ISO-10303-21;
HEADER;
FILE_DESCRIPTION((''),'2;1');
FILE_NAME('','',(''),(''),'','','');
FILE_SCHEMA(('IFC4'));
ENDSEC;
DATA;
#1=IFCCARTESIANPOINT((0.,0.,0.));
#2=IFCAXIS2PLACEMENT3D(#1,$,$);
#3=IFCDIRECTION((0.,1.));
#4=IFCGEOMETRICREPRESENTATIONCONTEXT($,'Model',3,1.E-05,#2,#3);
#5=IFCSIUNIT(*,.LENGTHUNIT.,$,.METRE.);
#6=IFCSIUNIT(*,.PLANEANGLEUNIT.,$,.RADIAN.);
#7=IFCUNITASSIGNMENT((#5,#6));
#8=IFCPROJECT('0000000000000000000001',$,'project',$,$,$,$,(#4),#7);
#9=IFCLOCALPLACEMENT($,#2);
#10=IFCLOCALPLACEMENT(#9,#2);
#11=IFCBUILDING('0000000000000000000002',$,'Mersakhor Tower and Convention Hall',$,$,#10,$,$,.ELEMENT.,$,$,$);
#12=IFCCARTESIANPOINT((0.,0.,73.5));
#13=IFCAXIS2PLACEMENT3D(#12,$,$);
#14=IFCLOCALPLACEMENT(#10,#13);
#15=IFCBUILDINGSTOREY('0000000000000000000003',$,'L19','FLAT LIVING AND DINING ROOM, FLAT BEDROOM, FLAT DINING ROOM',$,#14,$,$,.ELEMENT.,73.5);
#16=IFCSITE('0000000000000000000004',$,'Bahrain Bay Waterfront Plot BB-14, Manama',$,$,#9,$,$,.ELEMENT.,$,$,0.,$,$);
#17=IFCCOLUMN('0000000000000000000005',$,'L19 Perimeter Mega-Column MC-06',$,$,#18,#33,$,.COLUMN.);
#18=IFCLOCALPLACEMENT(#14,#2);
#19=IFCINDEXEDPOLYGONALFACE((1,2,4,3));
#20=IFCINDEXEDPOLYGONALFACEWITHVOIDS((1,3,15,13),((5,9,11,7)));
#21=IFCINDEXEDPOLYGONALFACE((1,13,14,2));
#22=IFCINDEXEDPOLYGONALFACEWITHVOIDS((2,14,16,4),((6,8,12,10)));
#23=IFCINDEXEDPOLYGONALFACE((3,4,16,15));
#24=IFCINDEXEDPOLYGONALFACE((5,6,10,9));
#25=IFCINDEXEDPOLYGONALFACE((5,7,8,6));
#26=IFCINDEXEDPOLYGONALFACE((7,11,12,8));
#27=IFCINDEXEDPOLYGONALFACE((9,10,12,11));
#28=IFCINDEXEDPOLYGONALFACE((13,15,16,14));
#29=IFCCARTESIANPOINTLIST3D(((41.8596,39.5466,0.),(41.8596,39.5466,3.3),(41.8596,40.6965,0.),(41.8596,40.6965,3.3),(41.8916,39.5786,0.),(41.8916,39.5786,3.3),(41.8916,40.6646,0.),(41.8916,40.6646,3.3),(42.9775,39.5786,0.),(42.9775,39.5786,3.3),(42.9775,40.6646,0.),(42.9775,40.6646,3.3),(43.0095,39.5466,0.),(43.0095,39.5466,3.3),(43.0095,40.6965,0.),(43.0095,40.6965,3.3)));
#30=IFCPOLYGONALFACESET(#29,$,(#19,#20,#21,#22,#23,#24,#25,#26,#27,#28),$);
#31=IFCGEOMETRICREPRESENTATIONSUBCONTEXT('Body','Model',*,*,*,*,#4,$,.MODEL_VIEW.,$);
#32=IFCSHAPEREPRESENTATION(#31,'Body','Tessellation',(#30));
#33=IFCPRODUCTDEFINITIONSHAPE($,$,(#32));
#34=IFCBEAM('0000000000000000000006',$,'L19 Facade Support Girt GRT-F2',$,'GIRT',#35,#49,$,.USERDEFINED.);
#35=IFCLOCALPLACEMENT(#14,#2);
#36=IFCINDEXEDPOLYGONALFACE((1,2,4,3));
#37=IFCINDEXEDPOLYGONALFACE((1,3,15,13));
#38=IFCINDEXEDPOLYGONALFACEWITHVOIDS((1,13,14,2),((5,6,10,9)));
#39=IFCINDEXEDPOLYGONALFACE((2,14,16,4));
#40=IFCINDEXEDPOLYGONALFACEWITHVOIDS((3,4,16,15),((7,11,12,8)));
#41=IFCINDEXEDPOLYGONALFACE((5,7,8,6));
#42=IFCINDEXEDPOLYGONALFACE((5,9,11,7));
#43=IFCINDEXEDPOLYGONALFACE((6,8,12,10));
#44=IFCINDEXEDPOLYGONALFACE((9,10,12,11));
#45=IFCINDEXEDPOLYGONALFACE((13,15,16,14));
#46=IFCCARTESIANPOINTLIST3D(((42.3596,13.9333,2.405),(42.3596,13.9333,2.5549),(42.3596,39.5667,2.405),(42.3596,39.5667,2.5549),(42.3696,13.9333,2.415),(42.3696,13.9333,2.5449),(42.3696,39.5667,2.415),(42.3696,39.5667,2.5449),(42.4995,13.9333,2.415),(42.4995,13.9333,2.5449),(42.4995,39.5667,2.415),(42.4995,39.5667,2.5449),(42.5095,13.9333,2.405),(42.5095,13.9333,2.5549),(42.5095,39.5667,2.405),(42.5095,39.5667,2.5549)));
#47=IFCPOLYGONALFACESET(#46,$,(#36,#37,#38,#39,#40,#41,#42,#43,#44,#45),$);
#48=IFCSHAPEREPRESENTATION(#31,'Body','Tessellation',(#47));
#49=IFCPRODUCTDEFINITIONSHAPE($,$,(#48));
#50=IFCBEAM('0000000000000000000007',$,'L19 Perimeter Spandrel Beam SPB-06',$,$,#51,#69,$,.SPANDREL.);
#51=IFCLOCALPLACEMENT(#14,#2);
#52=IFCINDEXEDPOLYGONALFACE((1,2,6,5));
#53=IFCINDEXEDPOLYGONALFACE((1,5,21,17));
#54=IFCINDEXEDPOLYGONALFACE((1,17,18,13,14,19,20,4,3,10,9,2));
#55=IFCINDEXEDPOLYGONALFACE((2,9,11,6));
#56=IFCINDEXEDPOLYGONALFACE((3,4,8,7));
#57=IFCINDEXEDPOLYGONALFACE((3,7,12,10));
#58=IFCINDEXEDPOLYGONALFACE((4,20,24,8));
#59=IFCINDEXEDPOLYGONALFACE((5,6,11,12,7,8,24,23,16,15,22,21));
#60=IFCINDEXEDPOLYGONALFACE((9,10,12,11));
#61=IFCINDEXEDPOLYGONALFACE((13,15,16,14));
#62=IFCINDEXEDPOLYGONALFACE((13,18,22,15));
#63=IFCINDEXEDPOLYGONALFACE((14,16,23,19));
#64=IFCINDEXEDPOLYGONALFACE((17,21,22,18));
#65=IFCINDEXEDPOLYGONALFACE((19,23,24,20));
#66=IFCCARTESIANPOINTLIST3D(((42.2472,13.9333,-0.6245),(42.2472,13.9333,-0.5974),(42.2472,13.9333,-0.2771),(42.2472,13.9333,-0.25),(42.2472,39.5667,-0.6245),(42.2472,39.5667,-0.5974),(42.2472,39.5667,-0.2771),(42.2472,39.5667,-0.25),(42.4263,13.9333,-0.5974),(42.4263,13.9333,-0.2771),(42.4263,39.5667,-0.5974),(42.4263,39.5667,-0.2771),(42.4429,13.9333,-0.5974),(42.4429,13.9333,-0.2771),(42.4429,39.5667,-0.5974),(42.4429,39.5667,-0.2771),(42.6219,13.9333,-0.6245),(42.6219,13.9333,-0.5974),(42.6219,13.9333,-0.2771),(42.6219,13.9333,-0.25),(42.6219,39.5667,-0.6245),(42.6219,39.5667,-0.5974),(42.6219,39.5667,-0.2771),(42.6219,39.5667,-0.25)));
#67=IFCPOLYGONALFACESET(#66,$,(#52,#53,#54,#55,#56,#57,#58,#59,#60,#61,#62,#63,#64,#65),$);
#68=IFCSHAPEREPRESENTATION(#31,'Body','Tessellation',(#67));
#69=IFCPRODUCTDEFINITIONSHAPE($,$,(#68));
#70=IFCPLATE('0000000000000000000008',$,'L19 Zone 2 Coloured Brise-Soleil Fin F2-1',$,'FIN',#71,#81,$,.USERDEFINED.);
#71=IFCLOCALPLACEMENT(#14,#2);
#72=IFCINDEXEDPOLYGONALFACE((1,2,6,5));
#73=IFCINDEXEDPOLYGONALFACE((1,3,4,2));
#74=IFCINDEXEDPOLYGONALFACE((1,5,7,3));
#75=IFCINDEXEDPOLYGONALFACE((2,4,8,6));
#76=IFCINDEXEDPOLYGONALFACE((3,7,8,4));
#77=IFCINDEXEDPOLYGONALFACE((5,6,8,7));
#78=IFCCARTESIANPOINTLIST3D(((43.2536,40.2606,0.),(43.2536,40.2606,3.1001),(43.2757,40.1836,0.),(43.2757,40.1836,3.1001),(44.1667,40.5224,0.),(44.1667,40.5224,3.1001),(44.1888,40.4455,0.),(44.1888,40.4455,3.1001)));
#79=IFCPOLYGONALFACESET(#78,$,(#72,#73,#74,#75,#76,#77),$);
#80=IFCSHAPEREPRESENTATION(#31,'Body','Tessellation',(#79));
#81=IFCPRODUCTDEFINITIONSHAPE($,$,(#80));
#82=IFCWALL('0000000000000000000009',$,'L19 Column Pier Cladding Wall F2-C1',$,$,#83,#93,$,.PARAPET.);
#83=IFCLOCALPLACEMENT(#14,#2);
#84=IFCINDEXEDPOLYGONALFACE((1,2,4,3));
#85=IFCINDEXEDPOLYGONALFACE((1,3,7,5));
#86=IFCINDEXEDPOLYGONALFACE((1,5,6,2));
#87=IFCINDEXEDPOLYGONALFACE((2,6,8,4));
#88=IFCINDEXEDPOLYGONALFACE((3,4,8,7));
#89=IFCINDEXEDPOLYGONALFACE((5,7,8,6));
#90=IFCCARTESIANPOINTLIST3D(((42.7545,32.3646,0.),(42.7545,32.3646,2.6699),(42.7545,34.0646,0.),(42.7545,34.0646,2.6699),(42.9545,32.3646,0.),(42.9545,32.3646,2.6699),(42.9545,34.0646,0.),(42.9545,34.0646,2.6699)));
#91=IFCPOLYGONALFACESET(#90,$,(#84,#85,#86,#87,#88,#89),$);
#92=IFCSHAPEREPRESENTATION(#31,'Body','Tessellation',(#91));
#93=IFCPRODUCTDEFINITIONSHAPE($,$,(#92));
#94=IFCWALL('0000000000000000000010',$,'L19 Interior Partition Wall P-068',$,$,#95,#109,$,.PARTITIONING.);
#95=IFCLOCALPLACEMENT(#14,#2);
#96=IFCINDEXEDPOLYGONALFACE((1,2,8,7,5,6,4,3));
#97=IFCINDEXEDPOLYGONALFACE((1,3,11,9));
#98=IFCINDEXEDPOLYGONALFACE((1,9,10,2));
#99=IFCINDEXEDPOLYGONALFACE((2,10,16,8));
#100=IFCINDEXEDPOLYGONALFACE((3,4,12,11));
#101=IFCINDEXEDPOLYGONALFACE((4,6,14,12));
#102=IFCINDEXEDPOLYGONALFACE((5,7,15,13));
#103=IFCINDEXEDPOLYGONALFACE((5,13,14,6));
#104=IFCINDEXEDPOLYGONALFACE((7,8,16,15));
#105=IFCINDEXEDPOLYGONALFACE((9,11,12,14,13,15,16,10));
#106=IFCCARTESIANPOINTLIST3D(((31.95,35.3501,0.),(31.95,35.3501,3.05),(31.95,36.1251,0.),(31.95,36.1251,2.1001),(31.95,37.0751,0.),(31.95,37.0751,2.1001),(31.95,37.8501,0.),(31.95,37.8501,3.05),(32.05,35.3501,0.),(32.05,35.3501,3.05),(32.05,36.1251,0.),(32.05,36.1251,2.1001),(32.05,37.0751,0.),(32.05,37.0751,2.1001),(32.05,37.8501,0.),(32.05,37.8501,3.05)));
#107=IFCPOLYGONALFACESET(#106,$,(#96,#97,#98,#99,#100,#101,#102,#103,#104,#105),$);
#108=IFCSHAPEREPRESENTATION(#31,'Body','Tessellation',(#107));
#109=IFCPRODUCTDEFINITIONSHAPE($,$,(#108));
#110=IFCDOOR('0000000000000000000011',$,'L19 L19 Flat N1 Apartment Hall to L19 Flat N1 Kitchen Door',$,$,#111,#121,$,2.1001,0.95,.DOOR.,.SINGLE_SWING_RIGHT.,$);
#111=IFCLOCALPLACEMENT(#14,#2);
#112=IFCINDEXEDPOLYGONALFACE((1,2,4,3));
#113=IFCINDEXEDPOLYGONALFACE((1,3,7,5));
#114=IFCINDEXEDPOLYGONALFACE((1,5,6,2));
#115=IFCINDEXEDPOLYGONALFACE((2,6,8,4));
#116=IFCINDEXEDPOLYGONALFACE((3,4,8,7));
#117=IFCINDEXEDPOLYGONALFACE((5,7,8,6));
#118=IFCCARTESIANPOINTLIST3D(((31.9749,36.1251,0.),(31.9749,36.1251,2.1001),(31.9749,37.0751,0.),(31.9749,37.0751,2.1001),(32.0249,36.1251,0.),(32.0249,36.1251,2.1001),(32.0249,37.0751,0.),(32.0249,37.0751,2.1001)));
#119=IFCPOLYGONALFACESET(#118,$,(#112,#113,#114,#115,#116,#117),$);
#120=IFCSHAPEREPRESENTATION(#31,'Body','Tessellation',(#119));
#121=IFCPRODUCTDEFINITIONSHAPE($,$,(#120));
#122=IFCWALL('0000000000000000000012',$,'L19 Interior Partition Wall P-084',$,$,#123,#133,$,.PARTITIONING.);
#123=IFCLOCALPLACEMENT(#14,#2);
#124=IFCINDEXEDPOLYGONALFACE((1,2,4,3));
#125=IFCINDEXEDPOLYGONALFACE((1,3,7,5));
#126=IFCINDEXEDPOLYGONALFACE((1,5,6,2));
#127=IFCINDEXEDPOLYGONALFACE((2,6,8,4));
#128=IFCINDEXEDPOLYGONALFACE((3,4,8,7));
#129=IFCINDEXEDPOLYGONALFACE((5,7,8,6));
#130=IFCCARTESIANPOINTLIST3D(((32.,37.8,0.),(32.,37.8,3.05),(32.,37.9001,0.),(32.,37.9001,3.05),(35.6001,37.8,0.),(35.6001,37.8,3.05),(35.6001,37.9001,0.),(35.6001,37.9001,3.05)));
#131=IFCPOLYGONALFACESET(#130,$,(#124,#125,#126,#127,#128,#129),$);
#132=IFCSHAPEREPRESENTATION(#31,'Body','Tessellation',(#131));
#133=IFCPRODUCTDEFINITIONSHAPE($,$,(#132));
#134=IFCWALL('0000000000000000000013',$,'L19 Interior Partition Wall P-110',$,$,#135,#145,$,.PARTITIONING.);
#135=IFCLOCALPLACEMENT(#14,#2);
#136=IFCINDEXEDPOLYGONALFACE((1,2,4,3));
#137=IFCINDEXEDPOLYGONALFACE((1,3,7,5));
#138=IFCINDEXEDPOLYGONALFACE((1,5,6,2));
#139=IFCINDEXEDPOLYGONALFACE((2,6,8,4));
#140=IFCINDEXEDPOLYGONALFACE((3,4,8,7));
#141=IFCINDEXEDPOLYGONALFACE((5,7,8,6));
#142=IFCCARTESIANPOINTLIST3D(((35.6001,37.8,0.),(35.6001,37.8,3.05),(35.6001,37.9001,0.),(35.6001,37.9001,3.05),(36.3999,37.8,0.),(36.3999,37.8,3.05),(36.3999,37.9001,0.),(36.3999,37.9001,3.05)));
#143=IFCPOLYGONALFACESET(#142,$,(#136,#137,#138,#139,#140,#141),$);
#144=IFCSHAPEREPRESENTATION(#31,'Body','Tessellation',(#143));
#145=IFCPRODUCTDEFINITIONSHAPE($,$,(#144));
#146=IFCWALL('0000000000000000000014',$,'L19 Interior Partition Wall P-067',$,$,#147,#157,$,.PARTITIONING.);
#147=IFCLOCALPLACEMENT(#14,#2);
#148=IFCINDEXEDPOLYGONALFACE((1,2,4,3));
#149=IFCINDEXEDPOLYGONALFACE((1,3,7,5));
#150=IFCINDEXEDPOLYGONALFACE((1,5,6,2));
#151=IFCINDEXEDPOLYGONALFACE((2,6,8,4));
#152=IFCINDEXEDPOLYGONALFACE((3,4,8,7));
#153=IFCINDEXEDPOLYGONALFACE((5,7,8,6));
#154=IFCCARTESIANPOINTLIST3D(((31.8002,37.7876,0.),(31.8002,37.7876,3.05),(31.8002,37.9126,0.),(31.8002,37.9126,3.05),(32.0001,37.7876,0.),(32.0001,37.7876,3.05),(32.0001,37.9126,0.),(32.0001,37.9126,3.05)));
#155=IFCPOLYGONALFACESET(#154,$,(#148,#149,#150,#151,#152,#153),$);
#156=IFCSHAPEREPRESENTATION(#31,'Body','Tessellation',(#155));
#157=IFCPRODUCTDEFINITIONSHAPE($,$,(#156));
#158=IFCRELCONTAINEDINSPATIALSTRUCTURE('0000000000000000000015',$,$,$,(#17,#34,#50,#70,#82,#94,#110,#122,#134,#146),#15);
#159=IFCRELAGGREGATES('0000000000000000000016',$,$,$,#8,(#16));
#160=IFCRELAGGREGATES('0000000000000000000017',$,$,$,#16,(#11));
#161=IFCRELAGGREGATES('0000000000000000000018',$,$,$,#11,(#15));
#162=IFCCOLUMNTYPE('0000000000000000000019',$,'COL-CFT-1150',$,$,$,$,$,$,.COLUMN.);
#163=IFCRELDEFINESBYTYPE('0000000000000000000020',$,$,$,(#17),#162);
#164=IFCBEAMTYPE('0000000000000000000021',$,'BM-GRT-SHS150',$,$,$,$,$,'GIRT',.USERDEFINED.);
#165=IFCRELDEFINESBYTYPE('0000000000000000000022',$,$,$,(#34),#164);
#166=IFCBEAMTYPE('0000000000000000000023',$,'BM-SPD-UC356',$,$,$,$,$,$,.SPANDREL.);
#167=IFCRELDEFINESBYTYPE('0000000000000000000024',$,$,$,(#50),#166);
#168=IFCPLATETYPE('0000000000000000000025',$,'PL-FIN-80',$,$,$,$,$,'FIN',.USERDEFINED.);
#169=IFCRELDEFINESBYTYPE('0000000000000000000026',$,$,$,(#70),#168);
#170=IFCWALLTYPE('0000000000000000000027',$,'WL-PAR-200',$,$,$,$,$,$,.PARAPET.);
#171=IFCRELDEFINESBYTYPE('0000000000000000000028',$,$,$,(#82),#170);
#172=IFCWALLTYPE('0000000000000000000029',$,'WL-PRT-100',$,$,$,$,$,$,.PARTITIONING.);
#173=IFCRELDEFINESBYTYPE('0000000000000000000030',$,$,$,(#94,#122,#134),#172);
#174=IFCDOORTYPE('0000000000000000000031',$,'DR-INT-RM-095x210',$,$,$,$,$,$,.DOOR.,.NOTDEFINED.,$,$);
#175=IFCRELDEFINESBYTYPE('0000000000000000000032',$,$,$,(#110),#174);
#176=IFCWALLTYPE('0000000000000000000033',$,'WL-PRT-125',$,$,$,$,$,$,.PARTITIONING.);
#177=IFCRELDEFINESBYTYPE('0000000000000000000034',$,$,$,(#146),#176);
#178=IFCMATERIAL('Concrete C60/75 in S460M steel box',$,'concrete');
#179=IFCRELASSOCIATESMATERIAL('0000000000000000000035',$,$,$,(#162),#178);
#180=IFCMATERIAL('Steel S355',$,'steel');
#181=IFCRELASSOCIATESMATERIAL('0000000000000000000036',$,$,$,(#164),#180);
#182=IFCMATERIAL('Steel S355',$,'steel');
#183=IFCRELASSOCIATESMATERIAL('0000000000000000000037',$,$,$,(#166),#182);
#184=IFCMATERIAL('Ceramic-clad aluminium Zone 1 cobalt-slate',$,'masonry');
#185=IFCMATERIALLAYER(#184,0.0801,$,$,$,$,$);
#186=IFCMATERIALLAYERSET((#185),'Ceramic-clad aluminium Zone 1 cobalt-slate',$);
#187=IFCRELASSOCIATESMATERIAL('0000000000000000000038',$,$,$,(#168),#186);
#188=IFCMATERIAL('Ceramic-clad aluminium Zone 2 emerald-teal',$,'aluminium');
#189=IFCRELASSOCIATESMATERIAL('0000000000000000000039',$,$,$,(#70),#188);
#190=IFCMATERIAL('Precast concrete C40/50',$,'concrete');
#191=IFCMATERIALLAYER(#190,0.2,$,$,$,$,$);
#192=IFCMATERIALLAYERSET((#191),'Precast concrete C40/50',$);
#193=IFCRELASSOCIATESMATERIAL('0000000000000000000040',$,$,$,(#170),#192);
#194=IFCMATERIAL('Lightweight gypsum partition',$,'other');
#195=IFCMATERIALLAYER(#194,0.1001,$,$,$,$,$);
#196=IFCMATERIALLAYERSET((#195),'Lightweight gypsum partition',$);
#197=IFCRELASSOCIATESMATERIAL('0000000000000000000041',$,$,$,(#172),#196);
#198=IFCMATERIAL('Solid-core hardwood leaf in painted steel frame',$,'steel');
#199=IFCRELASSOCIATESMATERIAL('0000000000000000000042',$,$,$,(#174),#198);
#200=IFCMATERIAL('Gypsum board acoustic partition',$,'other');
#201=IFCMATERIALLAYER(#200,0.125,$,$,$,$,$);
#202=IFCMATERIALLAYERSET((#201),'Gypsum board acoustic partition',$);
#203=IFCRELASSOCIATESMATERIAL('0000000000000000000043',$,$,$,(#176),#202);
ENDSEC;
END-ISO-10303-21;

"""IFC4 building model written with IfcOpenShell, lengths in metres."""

from ifc_helpers import new_model, si_unit, direction, frame, frame_2d, origin, origin_2d, place, context, subcontext, project, spatial, rectangle, hollow_rectangle, i_section, extrude, material, layer, layer_set, material_profile, profile_set, type_object, element, fill, save


model = new_model("IFC4")

# Units and contexts
model_context = context("Model", 3, precision=1e-05, world=origin(), true_north=direction((0.0, 1.0)))
body_context = subcontext(model_context, "Body", "Model", "MODEL_VIEW")
ifc_project = project(units=[si_unit("LENGTHUNIT", "METRE"), si_unit("PLANEANGLEUNIT", "RADIAN")], contexts=[model_context])

# Site, building, storey
site_placement = place(None, origin())
site = spatial("IfcSite", under=ifc_project, at=site_placement, Name="Bahrain Bay Waterfront Plot BB-14, Manama", CompositionType="ELEMENT", RefElevation=0.0)
building_placement = place(site_placement, origin())
building = spatial("IfcBuilding", under=site, at=building_placement, Name="Mersakhor Tower and Convention Hall", CompositionType="ELEMENT")
storey_placement = place(building_placement, frame((0.0, 0.0, 73.5)))
storey = spatial("IfcBuildingStorey", under=building, at=storey_placement, Name="L19", Description="FLAT LIVING AND DINING ROOM, FLAT BEDROOM, FLAT DINING ROOM", CompositionType="ELEMENT", Elevation=73.5)

# Column
ifc_material_1 = material(Name="Concrete C60/75 in S460M steel box", Category="concrete")
ifc_material_profile_1 = material_profile(ifc_material_1, hollow_rectangle(XDim=1.1499, YDim=1.1499, WallThickness=0.032, at=origin_2d()), Name="SHS 1150x1150x32")
ifc_profile_set_1 = profile_set([ifc_material_profile_1], Name="Concrete C60/75 in S460M steel box")
column_type = type_object("IfcColumnType", Name="COL-CFT-1150", PredefinedType="COLUMN", material=ifc_profile_set_1)
column_placement = place(storey_placement, frame((42.4346, 40.1216, 0.0), z_axis=(0.0, 0.0, 1.0), x_axis=(1.0, 0.0, 0.0)))
element("IfcColumn", 1, at=column_placement, inside=storey, type_object=column_type, Name="L19 Perimeter Mega-Column MC-06", PredefinedType="COLUMN", context=body_context, shape_type="SweptSolid", body=[
    extrude(hollow_rectangle(XDim=1.1499, YDim=1.1499, WallThickness=0.032, at=origin_2d()), origin(), (0.0, 0.0, 1.0), 3.3),
])

# Beams
ifc_material_2 = material(Name="Steel S355", Category="steel")
ifc_material_profile_2 = material_profile(ifc_material_2, hollow_rectangle(XDim=0.1499, YDim=0.1499, WallThickness=0.01, at=origin_2d()), Name="SHS 150x150x10")
ifc_profile_set_2 = profile_set([ifc_material_profile_2], Name="Steel S355")
beam_type_1 = type_object("IfcBeamType", Name="BM-GRT-SHS150", ElementType="GIRT", PredefinedType="USERDEFINED", material=ifc_profile_set_2)
beam_1_placement = place(storey_placement, frame((42.4346, 39.5667, 2.48), z_axis=(0.0, -1.0, 0.0), x_axis=(1.0, 0.0, 0.0)))
element("IfcBeam", 2, at=beam_1_placement, inside=storey, type_object=beam_type_1, Name="L19 Facade Support Girt GRT-F2", ObjectType="GIRT", PredefinedType="USERDEFINED", context=body_context, shape_type="SweptSolid", body=[
    extrude(hollow_rectangle(XDim=0.1499, YDim=0.1499, WallThickness=0.01, at=origin_2d()), origin(), (0.0, 0.0, 1.0), 25.6333),
])
ifc_material_3 = material(Name="Steel S355", Category="steel")
ifc_material_profile_3 = material_profile(ifc_material_3, i_section(OverallWidth=0.3748, OverallDepth=0.3745, WebThickness=0.0166, FlangeThickness=0.0271, at=origin_2d()), Name="UC 356x368x202")
ifc_profile_set_3 = profile_set([ifc_material_profile_3], Name="Steel S355")
beam_type_2 = type_object("IfcBeamType", Name="BM-SPD-UC356", PredefinedType="SPANDREL", material=ifc_profile_set_3)
beam_2_placement = place(storey_placement, frame((42.4346, 39.5667, -0.4373), z_axis=(0.0, -1.0, 0.0), x_axis=(1.0, 0.0, 0.0)))
element("IfcBeam", 3, at=beam_2_placement, inside=storey, type_object=beam_type_2, Name="L19 Perimeter Spandrel Beam SPB-06", PredefinedType="SPANDREL", context=body_context, shape_type="SweptSolid", body=[
    extrude(i_section(OverallWidth=0.3748, OverallDepth=0.3745, WebThickness=0.0166, FlangeThickness=0.0271, at=origin_2d()), origin(), (0.0, 0.0, 1.0), 25.6333),
])

# Plate
ifc_material_4 = material(Name="Ceramic-clad aluminium Zone 2 emerald-teal", Category="aluminium")
ifc_material_5 = material(Name="Ceramic-clad aluminium Zone 1 cobalt-slate", Category="masonry")
ifc_layer_1 = layer(ifc_material_5, 0.0801)
ifc_layer_set_1 = layer_set([ifc_layer_1], Name="Ceramic-clad aluminium Zone 1 cobalt-slate")
plate_type = type_object("IfcPlateType", Name="PL-FIN-80", ElementType="FIN", PredefinedType="USERDEFINED", material=ifc_layer_set_1)
plate_placement = place(storey_placement, frame((43.7212, 40.353, 0.0), z_axis=(0.0, 0.0, 1.0), x_axis=(0.961262, 0.275637, 0.0)))
element("IfcPlate", 4, at=plate_placement, inside=storey, type_object=plate_type, material=ifc_material_4, Name="L19 Zone 2 Coloured Brise-Soleil Fin F2-1", ObjectType="FIN", PredefinedType="USERDEFINED", context=body_context, shape_type="SweptSolid", body=[
    extrude(rectangle(XDim=0.95, YDim=0.0801, at=origin_2d()), origin(), (0.0, 0.0, 1.0), 3.1001),
])

# Wall
ifc_material_6 = material(Name="Precast concrete C40/50", Category="concrete")
ifc_layer_2 = layer(ifc_material_6, 0.2)
ifc_layer_set_2 = layer_set([ifc_layer_2], Name="Precast concrete C40/50")
wall_type_1 = type_object("IfcWallType", Name="WL-PAR-200", PredefinedType="PARAPET", material=ifc_layer_set_2)
wall_1_placement = place(storey_placement, frame((42.8545, 34.0647, 0.0), z_axis=(0.0, 0.0, 1.0), x_axis=(0.0, -1.0, 0.0)))
element("IfcWall", 5, at=wall_1_placement, inside=storey, type_object=wall_type_1, Name="L19 Column Pier Cladding Wall F2-C1", PredefinedType="PARAPET", context=body_context, shape_type="SweptSolid", body=[
    extrude(rectangle(XDim=1.7, YDim=0.2, at=frame_2d((0.8501, 0.0))), origin(), (0.0, 0.0, 1.0), 2.6699),
])

# Wall, opening, door
ifc_material_7 = material(Name="Lightweight gypsum partition", Category="other")
ifc_layer_3 = layer(ifc_material_7, 0.1001)
ifc_layer_set_3 = layer_set([ifc_layer_3], Name="Lightweight gypsum partition")
wall_type_2 = type_object("IfcWallType", Name="WL-PRT-100", PredefinedType="PARTITIONING", material=ifc_layer_set_3)
wall_2_placement = place(storey_placement, frame((32.0, 37.8501, 0.0), z_axis=(0.0, 0.0, 1.0), x_axis=(0.0, -1.0, 0.0)))
wall_2 = element("IfcWall", 6, at=wall_2_placement, inside=storey, type_object=wall_type_2, Name="L19 Interior Partition Wall P-068", PredefinedType="PARTITIONING", context=body_context, shape_type="SweptSolid", body=[
    extrude(rectangle(XDim=2.5, YDim=0.1001, at=frame_2d((1.25, 0.0))), origin(), (0.0, 0.0, 1.0), 3.05),
])
opening_1_placement = place(wall_2_placement, frame((0.7749, 0.0, 0.0)))
opening_1 = element("IfcOpeningElement", 7, at=opening_1_placement, cuts=wall_2, PredefinedType="OPENING", context=body_context, shape_type="SweptSolid", body=[
    extrude(rectangle(XDim=0.95, YDim=2.1001, at=frame_2d((0.4751, 1.05))), frame((0.0, 0.0601, 0.0), z_axis=(0.0, -1.0, 0.0), x_axis=(1.0, 0.0, 0.0)), (0.0, 0.0, 1.0), 0.1201),
])
ifc_material_8 = material(Name="Solid-core hardwood leaf in painted steel frame", Category="steel")
door_type_1 = type_object("IfcDoorType", Name="DR-INT-RM-095x210", OperationType="NOTDEFINED", PredefinedType="DOOR", material=ifc_material_8)
door_1_placement = place(opening_1_placement, origin())
door_1 = element("IfcDoor", 8, at=door_1_placement, inside=storey, type_object=door_type_1, Name="L19 L19 Flat N1 Apartment Hall to L19 Flat N1 Kitchen Door", OperationType="SINGLE_SWING_RIGHT", OverallHeight=2.1001, OverallWidth=0.95, PredefinedType="DOOR", context=body_context, shape_type="SweptSolid", body=[
    extrude(rectangle(XDim=0.95, YDim=2.1001, at=frame_2d((0.4751, 1.05))), frame((0.0, 0.0249, 0.0), z_axis=(0.0, -1.0, 0.0), x_axis=(1.0, 0.0, 0.0)), (0.0, 0.0, 1.0), 0.05),
])
fill(opening_1, door_1)

# Walls
wall_3_placement = place(storey_placement, frame((32.0, 37.8501, 0.0), z_axis=(0.0, 0.0, 1.0), x_axis=(1.0, 0.0, 0.0)))
element("IfcWall", 9, at=wall_3_placement, inside=storey, type_object=wall_type_2, Name="L19 Interior Partition Wall P-084", PredefinedType="PARTITIONING", context=body_context, shape_type="SweptSolid", body=[
    extrude(rectangle(XDim=3.6001, YDim=0.1001, at=frame_2d((1.8, 0.0))), origin(), (0.0, 0.0, 1.0), 3.05),
])
wall_4_placement = place(storey_placement, frame((35.6001, 37.8501, 0.0), z_axis=(0.0, 0.0, 1.0), x_axis=(1.0, 0.0, 0.0)))
element("IfcWall", 10, at=wall_4_placement, inside=storey, type_object=wall_type_2, Name="L19 Interior Partition Wall P-110", PredefinedType="PARTITIONING", context=body_context, shape_type="SweptSolid", body=[
    extrude(rectangle(XDim=0.7998, YDim=0.1001, at=frame_2d((0.3999, 0.0))), origin(), (0.0, 0.0, 1.0), 3.05),
])
ifc_material_9 = material(Name="Gypsum board acoustic partition", Category="other")
ifc_layer_4 = layer(ifc_material_9, 0.125)
ifc_layer_set_4 = layer_set([ifc_layer_4], Name="Gypsum board acoustic partition")
wall_type_3 = type_object("IfcWallType", Name="WL-PRT-125", PredefinedType="PARTITIONING", material=ifc_layer_set_4)
wall_5_placement = place(storey_placement, frame((31.8, 37.8501, 0.0), z_axis=(0.0, 0.0, 1.0), x_axis=(1.0, 0.0, 0.0)))
element("IfcWall", 11, at=wall_5_placement, inside=storey, type_object=wall_type_3, Name="L19 Interior Partition Wall P-067", PredefinedType="PARTITIONING", context=body_context, shape_type="SweptSolid", body=[
    extrude(rectangle(XDim=0.2, YDim=0.125, at=frame_2d((0.1001, 0.0))), origin(), (0.0, 0.0, 1.0), 3.05),
])

save(model, "model.ifc")
